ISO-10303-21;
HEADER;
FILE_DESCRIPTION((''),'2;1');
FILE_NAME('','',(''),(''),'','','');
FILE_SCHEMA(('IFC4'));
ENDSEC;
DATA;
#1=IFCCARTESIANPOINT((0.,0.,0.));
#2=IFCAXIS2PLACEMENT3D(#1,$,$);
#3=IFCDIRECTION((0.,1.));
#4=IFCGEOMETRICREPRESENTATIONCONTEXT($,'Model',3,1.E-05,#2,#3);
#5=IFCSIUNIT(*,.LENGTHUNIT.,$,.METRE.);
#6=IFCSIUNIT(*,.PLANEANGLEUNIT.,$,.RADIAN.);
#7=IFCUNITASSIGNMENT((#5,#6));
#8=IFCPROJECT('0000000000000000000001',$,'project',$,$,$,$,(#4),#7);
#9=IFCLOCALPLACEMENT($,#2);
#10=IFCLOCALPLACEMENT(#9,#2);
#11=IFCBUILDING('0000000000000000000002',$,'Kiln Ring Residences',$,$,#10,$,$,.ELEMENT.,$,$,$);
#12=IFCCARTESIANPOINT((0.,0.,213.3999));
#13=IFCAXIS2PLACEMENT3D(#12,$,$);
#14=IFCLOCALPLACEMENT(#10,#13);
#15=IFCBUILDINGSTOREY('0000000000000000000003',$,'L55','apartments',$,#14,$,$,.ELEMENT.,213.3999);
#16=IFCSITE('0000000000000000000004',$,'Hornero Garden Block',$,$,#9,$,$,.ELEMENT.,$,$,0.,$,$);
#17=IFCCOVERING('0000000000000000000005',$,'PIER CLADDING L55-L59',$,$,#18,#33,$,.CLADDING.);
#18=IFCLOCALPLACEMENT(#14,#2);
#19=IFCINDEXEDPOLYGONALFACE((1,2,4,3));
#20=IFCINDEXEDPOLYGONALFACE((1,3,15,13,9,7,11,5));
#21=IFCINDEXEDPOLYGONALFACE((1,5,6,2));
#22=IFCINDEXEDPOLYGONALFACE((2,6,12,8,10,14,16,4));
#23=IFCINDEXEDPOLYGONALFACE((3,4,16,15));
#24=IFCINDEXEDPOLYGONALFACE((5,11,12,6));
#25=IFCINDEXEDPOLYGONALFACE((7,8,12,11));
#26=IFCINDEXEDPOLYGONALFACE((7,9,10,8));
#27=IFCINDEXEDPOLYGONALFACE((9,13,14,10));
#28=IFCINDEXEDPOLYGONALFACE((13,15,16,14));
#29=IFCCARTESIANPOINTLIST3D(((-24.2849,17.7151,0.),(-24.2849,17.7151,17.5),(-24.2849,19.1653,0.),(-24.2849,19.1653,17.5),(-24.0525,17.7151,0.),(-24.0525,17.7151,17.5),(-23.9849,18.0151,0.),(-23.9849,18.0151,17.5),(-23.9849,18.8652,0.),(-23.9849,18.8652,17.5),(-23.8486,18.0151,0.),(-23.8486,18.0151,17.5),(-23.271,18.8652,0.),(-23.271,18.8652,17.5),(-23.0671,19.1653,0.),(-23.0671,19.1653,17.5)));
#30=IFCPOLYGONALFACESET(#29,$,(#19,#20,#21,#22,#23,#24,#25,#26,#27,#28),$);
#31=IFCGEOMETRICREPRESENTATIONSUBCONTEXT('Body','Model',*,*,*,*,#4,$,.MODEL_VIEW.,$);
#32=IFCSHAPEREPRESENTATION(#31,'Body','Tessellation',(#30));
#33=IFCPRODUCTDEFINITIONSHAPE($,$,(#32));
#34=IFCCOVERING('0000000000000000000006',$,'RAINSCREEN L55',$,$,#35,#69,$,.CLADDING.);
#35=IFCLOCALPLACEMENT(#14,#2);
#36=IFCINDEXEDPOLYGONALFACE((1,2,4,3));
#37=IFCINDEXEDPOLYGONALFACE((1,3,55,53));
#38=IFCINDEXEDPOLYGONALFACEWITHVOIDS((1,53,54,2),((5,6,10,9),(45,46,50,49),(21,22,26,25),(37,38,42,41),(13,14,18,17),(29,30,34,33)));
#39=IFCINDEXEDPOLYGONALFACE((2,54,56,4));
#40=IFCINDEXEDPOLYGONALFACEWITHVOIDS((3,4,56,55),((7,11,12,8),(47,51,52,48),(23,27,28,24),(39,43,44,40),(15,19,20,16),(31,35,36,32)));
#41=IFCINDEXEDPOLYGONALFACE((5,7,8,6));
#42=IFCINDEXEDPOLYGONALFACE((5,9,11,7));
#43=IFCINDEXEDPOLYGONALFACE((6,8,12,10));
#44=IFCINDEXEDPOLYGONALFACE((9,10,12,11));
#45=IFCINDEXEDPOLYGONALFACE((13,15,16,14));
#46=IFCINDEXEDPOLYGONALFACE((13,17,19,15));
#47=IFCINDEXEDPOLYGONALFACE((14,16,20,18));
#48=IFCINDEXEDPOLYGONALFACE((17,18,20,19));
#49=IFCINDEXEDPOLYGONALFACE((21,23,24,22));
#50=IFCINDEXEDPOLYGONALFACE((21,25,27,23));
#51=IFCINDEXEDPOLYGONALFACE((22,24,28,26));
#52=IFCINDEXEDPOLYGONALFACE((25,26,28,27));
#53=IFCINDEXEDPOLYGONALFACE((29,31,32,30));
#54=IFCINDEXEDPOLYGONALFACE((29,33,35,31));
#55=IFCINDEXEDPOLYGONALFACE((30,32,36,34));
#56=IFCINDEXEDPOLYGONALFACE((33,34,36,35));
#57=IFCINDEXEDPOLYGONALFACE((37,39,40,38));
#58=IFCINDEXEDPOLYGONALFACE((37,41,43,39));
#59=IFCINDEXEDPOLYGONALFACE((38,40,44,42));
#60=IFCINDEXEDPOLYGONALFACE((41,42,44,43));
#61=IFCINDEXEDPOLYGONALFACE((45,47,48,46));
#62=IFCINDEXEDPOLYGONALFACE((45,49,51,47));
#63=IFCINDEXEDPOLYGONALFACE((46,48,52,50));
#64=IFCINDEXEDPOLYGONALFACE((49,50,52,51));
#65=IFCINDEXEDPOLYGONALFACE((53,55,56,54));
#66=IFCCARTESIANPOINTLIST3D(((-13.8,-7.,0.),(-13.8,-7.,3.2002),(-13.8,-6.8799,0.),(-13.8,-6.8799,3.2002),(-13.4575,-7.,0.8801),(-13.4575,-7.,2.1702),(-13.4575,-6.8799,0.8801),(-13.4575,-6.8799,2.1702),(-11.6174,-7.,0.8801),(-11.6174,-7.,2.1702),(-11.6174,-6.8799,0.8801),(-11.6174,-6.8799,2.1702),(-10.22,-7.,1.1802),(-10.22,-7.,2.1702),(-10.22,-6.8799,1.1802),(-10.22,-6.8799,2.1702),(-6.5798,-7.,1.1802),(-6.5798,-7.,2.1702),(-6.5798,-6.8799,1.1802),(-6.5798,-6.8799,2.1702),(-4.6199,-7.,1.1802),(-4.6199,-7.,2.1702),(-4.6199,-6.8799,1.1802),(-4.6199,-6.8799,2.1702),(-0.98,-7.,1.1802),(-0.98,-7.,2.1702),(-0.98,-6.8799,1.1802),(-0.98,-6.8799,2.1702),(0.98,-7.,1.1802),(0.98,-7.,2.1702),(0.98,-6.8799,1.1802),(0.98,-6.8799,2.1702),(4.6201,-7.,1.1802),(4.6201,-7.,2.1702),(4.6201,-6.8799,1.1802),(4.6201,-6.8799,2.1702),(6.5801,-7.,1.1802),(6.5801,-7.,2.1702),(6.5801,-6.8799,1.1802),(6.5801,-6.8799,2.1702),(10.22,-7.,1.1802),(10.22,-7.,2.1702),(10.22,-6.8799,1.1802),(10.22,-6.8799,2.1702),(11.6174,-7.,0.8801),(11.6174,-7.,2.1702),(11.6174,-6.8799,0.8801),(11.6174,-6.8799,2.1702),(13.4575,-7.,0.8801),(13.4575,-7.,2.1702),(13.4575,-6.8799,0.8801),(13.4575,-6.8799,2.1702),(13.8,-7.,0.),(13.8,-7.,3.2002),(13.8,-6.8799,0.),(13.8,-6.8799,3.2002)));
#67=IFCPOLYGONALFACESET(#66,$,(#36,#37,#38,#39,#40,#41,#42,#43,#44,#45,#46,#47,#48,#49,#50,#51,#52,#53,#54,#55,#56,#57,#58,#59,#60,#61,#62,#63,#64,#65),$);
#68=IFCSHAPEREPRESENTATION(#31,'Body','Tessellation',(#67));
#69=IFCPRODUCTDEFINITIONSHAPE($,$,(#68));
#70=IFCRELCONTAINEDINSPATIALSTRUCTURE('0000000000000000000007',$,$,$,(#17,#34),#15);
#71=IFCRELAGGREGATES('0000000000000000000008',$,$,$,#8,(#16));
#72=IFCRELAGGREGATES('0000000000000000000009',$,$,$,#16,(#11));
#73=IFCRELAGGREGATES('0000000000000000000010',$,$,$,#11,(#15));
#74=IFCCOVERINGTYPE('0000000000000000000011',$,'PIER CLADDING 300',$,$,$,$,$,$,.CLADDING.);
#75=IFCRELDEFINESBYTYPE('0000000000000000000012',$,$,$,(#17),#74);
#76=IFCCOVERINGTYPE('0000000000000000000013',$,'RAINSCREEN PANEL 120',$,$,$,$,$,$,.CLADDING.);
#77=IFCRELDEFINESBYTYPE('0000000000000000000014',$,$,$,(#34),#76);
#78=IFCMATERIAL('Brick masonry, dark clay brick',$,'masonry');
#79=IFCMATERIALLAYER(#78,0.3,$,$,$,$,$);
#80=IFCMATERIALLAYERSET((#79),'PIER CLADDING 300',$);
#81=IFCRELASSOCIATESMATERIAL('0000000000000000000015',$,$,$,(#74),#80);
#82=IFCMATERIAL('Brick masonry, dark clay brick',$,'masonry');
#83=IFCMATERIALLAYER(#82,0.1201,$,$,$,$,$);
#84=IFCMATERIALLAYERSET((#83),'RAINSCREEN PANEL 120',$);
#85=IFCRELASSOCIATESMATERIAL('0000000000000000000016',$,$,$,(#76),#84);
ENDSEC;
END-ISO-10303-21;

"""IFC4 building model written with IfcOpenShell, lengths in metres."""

from ifc_helpers import new_model, si_unit, direction, frame, origin, place, context, subcontext, project, spatial, polyline, outline, extrude, material, layer, layer_set, type_object, element, save


model = new_model("IFC4")

# Units and contexts
model_context = context("Model", 3, precision=1e-05, world=origin(), true_north=direction((0.0, 1.0)))
body_context = subcontext(model_context, "Body", "Model", "MODEL_VIEW")
ifc_project = project(units=[si_unit("LENGTHUNIT", "METRE"), si_unit("PLANEANGLEUNIT", "RADIAN")], contexts=[model_context])

# Site, building, storey
site_placement = place(None, origin())
site = spatial("IfcSite", under=ifc_project, at=site_placement, Name="Hornero Garden Block", CompositionType="ELEMENT", RefElevation=0.0)
building_placement = place(site_placement, origin())
building = spatial("IfcBuilding", under=site, at=building_placement, Name="Kiln Ring Residences", CompositionType="ELEMENT")
storey_placement = place(building_placement, frame((0.0, 0.0, 213.3999)))
storey = spatial("IfcBuildingStorey", under=building, at=storey_placement, Name="L55", Description="apartments", CompositionType="ELEMENT", Elevation=213.3999)

# Shared definitions
placement = place(storey_placement, origin())

# Coverings
ifc_material_1 = material(Name="Brick masonry, dark clay brick", Category="masonry")
ifc_layer_1 = layer(ifc_material_1, 0.3)
ifc_layer_set_1 = layer_set([ifc_layer_1], Name="PIER CLADDING 300")
covering_type_1 = type_object("IfcCoveringType", Name="PIER CLADDING 300", PredefinedType="CLADDING", material=ifc_layer_set_1)
element("IfcCovering", 1, at=placement, inside=storey, type_object=covering_type_1, Name="PIER CLADDING L55-L59", PredefinedType="CLADDING", context=body_context, shape_type="SweptSolid", body=[
    extrude(outline(polyline([(-23.0671, 19.1653), (-24.2849, 19.1653), (-24.2849, 17.7151), (-24.0525, 17.7151), (-23.8486, 18.0151), (-23.9849, 18.0151), (-23.9849, 18.8652), (-23.271, 18.8652), (-23.0671, 19.1653)])), origin(), (0.0, 0.0, 1.0), 17.5),
])
ifc_material_2 = material(Name="Brick masonry, dark clay brick", Category="masonry")
ifc_layer_2 = layer(ifc_material_2, 0.1201)
ifc_layer_set_2 = layer_set([ifc_layer_2], Name="RAINSCREEN PANEL 120")
covering_type_2 = type_object("IfcCoveringType", Name="RAINSCREEN PANEL 120", PredefinedType="CLADDING", material=ifc_layer_set_2)
covering_1_placement = place(storey_placement, frame((13.8, -6.9399, 0.0), z_axis=(0.0, 0.0, 1.0), x_axis=(-1.0, 0.0, 0.0)))
element("IfcCovering", 2, at=covering_1_placement, inside=storey, type_object=covering_type_2, Name="RAINSCREEN L55", PredefinedType="CLADDING", context=body_context, shape_type="SweptSolid", body=[
    extrude(outline(polyline([(0.0, 0.0), (27.6001, 0.0), (27.6001, 3.2002), (0.0, 3.2002), (0.0, 0.0)]), holes=[polyline([(2.1826, 0.8801), (2.1826, 2.1702), (0.3425, 2.1702), (0.3425, 0.8801), (2.1826, 0.8801)]), polyline([(25.4175, 0.8801), (27.2576, 0.8801), (27.2576, 2.1702), (25.4175, 2.1702), (25.4175, 0.8801)]), polyline([(3.5801, 1.1802), (7.22, 1.1802), (7.22, 2.1702), (3.5801, 2.1702), (3.5801, 1.1802)]), polyline([(12.8201, 1.1802), (12.8201, 2.1702), (9.1799, 2.1702), (9.1799, 1.1802), (12.8201, 1.1802)]), polyline([(14.78, 1.1802), (18.4199, 1.1802), (18.4199, 2.1702), (14.78, 2.1702), (14.78, 1.1802)]), polyline([(20.3799, 1.1802), (24.02, 1.1802), (24.02, 2.1702), (20.3799, 2.1702), (20.3799, 1.1802)])]), frame((0.0, 0.0601, 0.0), z_axis=(0.0, -1.0, 0.0), x_axis=(1.0, 0.0, 0.0)), (0.0, 0.0, 1.0), 0.1201),
])

save(model, "model.ifc")
